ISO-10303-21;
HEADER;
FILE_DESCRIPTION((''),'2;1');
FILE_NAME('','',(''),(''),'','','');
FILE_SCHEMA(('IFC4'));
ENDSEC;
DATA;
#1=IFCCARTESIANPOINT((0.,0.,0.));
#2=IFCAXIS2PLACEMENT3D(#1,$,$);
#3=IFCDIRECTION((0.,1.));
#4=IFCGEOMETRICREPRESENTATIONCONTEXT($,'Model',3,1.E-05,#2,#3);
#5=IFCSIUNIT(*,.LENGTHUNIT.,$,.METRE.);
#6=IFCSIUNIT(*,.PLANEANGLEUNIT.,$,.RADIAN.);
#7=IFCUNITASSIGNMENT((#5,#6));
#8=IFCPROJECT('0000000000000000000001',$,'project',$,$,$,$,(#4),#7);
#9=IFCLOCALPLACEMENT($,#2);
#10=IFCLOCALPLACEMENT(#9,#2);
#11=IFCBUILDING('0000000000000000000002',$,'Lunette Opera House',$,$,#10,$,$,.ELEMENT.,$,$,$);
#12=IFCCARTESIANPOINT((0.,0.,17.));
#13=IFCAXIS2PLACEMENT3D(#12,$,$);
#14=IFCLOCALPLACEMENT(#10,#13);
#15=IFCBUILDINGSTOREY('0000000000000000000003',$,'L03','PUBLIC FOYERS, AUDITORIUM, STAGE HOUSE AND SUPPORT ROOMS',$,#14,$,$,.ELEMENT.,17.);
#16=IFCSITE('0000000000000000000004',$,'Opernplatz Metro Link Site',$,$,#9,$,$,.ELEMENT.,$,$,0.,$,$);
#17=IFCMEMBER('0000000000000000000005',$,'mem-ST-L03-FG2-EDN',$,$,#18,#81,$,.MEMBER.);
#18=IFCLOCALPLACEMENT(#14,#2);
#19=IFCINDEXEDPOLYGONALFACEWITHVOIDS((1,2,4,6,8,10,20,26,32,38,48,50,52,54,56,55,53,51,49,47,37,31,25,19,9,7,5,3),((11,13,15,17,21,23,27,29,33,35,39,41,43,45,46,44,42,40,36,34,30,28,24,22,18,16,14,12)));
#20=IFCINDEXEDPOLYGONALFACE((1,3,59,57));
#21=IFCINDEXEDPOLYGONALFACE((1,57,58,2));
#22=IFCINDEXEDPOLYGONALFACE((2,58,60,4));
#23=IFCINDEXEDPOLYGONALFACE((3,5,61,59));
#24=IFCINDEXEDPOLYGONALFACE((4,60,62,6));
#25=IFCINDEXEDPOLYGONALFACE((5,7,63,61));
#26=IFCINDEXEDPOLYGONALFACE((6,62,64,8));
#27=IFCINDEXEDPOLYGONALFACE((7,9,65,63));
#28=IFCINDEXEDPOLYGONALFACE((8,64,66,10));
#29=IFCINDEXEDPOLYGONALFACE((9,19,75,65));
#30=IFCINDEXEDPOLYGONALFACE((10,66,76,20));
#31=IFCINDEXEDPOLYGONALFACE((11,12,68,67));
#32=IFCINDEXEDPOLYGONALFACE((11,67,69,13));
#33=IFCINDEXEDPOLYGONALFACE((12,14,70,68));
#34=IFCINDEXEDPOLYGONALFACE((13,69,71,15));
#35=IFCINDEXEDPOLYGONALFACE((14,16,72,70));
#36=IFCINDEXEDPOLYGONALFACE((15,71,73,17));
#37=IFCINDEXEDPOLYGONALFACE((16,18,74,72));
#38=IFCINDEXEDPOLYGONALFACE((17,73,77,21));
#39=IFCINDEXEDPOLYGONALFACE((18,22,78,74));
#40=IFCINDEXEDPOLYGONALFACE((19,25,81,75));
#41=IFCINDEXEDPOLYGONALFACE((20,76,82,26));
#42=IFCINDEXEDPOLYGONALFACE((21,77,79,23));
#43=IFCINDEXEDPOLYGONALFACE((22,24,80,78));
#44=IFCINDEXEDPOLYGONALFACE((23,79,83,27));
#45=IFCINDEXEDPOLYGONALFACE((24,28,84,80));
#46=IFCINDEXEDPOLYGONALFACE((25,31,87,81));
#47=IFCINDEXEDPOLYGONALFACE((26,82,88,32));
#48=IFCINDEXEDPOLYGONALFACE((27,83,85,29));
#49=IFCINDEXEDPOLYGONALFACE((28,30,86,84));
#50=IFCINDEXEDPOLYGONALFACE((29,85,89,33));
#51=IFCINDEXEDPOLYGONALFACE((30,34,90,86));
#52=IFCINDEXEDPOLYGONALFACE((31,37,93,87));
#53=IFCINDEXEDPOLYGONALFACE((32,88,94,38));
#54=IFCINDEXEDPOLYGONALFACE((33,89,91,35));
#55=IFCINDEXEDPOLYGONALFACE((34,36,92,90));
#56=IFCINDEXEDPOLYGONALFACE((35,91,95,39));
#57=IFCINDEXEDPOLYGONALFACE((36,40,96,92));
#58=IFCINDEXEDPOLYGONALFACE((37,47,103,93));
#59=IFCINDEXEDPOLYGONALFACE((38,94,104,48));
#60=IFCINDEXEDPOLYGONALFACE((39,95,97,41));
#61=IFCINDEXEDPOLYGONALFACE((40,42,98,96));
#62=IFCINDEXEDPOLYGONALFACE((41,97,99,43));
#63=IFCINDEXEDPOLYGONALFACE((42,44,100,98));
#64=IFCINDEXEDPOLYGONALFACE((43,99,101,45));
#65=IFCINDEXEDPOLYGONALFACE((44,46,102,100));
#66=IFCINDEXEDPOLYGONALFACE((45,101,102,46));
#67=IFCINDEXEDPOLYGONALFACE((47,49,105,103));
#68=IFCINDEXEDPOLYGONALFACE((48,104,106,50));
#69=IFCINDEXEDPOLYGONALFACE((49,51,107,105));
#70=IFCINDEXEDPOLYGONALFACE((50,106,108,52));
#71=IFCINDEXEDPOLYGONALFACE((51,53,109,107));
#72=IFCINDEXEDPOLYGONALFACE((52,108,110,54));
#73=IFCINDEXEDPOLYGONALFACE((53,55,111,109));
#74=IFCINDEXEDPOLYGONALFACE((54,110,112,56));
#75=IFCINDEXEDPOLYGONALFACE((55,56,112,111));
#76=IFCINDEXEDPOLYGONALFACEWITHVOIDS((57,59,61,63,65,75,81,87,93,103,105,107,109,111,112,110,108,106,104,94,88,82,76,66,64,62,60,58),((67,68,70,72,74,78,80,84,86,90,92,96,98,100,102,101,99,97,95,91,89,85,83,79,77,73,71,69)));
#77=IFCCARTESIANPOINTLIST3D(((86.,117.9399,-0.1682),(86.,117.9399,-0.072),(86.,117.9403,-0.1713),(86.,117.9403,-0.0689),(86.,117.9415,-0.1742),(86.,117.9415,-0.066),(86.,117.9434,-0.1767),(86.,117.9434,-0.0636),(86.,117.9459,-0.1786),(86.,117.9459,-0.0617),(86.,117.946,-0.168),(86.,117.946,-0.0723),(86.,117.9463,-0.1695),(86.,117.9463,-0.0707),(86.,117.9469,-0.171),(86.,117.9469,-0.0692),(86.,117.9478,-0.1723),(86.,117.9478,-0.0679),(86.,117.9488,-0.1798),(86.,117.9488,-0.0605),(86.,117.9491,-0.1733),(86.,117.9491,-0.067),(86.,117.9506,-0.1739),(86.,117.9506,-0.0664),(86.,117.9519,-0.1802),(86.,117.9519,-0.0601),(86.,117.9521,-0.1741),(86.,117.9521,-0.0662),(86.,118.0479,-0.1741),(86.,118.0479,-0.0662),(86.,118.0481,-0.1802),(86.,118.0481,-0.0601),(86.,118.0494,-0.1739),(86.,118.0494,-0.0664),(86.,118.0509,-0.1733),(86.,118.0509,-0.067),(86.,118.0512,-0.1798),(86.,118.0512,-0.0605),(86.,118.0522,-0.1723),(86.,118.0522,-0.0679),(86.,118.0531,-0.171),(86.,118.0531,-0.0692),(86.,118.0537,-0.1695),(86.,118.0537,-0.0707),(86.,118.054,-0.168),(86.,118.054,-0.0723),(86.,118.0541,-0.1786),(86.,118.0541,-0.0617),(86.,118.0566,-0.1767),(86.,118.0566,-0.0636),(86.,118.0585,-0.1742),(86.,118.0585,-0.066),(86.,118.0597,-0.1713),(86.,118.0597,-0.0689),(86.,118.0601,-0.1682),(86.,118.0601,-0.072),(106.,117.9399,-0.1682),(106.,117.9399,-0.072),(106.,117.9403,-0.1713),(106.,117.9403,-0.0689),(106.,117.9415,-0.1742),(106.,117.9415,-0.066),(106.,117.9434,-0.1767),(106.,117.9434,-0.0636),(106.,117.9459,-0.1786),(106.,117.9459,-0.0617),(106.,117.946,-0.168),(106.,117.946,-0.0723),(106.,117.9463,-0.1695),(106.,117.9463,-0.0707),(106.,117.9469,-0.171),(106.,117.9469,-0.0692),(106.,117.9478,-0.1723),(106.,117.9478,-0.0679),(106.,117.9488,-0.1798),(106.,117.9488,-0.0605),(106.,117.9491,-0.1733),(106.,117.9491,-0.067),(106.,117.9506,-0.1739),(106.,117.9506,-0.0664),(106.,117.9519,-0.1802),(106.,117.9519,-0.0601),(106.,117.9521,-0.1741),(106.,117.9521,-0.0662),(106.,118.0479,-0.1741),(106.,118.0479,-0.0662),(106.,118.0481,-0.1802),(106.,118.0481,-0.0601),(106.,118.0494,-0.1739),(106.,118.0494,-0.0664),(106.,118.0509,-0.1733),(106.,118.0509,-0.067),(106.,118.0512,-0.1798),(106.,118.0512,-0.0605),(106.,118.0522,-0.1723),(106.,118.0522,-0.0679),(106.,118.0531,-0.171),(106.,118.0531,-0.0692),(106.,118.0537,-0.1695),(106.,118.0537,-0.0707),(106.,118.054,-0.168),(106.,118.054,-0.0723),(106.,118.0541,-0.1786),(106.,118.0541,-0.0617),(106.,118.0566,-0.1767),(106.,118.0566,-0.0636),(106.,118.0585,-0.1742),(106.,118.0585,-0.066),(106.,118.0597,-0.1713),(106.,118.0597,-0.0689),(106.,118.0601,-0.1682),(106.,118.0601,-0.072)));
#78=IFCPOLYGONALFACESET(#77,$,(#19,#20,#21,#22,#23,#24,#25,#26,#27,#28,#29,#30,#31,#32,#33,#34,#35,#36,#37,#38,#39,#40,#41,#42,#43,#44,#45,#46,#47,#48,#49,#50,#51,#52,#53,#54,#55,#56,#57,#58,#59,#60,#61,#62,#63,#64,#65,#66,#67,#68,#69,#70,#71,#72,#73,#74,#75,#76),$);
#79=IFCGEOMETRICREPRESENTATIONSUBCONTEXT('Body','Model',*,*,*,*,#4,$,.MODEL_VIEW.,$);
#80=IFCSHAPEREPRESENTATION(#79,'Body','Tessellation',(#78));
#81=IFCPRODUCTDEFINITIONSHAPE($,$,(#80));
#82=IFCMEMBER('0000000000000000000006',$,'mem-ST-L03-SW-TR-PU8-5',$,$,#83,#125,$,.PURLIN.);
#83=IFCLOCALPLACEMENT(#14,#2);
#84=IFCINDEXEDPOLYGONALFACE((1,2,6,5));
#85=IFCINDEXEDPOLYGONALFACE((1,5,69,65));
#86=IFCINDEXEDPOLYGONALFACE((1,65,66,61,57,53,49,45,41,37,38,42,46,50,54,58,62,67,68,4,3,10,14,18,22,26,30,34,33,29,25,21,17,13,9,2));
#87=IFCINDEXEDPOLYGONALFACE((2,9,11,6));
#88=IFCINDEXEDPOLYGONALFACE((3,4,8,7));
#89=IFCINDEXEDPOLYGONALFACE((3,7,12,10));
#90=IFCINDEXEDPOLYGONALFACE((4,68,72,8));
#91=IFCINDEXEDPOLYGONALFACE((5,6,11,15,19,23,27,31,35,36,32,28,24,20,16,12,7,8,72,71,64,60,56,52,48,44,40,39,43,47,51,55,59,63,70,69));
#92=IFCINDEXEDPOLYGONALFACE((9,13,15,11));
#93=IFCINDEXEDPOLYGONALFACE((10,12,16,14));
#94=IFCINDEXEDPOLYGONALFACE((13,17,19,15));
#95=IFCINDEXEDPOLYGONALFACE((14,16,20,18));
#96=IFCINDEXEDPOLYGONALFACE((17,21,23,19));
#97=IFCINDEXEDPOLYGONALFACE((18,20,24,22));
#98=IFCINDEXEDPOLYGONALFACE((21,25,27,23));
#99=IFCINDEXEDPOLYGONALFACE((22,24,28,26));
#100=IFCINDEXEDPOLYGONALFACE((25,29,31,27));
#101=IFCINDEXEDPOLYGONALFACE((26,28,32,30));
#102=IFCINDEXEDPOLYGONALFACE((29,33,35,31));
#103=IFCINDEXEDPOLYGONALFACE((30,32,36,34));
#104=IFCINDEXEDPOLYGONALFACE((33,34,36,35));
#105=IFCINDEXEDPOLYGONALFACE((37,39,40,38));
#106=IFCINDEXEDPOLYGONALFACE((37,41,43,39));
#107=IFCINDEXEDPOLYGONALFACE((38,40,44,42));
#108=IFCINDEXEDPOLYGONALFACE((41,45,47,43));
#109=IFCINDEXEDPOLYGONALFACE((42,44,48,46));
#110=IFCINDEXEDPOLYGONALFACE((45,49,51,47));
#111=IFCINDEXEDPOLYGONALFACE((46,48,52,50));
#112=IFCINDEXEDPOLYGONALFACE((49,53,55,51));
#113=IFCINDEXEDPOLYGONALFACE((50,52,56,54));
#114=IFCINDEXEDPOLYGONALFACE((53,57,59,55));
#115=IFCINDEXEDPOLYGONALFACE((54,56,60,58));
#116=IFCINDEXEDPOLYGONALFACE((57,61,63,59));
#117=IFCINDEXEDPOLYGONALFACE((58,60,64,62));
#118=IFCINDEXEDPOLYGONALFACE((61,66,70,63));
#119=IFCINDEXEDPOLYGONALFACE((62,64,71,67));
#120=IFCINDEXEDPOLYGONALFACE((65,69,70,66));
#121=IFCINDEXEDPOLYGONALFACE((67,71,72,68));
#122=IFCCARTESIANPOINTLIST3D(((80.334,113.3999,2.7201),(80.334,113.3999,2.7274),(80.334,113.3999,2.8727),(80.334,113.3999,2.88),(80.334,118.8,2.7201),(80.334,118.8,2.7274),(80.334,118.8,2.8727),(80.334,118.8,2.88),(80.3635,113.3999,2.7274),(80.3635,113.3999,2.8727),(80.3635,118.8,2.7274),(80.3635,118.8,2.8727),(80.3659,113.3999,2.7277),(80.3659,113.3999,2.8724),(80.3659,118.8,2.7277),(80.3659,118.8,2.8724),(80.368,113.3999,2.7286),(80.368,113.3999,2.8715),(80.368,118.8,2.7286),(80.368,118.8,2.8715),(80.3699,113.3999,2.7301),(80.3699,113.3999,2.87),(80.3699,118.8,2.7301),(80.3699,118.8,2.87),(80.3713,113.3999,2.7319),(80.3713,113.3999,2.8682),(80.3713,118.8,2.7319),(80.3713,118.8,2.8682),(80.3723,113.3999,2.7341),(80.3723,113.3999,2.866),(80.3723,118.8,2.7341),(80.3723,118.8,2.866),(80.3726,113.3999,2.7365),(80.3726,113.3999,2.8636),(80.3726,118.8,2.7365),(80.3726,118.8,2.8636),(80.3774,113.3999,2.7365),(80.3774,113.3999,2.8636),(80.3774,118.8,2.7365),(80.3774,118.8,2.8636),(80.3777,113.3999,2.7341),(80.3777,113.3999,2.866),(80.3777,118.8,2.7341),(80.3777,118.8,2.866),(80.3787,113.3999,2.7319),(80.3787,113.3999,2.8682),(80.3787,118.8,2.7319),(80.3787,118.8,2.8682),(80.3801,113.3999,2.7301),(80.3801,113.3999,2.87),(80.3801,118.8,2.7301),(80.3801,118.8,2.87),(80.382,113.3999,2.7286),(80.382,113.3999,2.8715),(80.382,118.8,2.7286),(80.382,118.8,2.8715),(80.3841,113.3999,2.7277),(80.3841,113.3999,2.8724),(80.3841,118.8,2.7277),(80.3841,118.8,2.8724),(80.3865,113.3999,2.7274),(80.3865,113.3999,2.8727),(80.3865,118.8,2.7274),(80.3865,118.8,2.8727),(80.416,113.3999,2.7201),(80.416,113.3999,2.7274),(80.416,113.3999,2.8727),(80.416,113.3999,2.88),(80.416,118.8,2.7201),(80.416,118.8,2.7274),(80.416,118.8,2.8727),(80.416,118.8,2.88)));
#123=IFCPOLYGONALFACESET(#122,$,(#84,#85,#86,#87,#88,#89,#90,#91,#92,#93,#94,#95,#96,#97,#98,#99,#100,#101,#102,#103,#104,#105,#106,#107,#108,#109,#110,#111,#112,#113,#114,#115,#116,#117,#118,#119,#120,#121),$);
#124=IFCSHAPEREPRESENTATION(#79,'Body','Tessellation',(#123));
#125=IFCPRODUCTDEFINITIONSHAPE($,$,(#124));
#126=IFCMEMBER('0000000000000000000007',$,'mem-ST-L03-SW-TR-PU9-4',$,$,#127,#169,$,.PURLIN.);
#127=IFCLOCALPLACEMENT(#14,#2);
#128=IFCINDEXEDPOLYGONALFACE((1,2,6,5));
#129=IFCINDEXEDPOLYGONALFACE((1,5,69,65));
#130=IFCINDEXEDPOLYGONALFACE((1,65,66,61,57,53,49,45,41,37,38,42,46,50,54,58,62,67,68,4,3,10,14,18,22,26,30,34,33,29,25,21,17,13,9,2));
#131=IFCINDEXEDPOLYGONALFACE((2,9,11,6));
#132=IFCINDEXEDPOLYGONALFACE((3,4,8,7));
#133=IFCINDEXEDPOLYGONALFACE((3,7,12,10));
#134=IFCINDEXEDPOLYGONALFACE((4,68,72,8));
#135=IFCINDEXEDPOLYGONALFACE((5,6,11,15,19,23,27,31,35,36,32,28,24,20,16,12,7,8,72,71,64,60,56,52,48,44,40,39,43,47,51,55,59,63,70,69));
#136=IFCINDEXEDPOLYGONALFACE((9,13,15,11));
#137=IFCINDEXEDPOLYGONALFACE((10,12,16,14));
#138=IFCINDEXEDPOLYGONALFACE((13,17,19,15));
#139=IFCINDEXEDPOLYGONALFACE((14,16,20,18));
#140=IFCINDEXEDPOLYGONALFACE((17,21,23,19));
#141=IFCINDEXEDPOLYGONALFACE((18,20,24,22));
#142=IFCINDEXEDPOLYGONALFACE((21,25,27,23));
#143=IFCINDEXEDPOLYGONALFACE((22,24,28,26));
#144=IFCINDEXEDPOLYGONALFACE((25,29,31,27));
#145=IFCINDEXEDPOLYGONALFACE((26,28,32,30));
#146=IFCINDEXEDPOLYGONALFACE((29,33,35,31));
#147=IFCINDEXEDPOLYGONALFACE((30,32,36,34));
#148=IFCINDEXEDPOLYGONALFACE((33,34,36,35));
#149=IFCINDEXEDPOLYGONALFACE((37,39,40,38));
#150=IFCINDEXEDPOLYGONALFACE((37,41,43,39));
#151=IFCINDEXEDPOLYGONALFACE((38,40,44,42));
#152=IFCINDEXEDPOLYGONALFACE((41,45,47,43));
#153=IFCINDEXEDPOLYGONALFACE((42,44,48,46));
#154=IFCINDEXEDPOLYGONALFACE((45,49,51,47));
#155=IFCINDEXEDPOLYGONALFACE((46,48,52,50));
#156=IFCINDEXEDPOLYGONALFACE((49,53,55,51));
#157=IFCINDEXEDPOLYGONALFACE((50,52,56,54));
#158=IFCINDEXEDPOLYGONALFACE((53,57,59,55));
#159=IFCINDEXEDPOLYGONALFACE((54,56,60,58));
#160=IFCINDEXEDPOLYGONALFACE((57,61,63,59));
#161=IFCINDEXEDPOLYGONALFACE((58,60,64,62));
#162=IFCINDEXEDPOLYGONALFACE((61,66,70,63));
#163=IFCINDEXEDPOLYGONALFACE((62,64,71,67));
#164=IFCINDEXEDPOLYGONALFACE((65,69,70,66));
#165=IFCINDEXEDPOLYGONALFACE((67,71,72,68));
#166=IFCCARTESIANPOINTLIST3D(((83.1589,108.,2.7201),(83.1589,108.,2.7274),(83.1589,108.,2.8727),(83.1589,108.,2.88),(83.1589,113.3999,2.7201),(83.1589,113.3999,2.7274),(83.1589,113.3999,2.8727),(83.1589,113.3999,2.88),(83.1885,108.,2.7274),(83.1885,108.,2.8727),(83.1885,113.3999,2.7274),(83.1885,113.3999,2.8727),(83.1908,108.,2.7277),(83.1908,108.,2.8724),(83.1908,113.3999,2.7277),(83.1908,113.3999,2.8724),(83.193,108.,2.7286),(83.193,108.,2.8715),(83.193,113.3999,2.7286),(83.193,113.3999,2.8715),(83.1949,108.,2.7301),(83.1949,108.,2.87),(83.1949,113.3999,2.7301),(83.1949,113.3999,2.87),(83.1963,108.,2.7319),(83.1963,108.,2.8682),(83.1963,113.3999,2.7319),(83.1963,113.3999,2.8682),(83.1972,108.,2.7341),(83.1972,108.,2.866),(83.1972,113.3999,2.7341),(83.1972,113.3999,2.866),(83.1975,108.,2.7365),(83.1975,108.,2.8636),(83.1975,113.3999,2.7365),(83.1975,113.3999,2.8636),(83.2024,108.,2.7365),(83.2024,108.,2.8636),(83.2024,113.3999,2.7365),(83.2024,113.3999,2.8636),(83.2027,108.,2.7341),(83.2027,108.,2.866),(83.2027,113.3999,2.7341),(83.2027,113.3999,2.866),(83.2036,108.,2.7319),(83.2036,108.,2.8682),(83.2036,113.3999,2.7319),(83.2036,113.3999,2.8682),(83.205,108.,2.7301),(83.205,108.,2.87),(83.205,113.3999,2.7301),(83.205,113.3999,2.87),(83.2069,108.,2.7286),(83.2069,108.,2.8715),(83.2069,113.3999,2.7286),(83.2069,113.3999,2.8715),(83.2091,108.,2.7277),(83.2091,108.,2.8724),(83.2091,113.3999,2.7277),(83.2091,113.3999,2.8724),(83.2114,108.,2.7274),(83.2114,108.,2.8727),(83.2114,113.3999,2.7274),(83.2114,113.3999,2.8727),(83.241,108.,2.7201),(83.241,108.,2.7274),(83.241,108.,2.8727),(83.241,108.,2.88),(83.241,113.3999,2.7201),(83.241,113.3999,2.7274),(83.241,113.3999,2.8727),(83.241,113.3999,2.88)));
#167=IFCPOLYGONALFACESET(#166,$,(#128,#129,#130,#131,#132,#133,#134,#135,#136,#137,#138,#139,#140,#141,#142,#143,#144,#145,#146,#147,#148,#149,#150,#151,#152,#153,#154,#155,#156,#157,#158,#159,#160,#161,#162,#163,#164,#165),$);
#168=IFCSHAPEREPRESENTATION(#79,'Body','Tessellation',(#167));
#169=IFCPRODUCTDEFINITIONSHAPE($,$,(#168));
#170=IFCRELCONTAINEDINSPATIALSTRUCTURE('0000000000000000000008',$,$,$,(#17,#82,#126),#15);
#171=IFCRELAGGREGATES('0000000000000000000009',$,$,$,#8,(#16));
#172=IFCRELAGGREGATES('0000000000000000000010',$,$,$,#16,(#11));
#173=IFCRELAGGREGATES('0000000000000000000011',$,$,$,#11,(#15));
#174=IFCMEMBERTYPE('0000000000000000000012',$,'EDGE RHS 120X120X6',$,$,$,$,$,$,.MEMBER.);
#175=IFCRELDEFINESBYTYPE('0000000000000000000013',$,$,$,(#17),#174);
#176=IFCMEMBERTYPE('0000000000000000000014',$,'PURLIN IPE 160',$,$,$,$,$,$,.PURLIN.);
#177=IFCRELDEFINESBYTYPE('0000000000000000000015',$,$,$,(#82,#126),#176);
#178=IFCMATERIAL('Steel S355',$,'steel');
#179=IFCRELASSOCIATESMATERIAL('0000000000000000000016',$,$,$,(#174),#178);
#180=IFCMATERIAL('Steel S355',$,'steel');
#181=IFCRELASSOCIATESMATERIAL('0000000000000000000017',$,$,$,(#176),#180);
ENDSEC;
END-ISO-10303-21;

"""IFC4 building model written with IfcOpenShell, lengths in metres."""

from ifc_helpers import new_model, si_unit, direction, frame, origin, origin_2d, place, context, subcontext, project, spatial, hollow_rectangle, i_section, extrude, material, material_profile, profile_set, type_object, element, save


model = new_model("IFC4")

# Units and contexts
model_context = context("Model", 3, precision=1e-05, world=origin(), true_north=direction((0.0, 1.0)))
body_context = subcontext(model_context, "Body", "Model", "MODEL_VIEW")
ifc_project = project(units=[si_unit("LENGTHUNIT", "METRE"), si_unit("PLANEANGLEUNIT", "RADIAN")], contexts=[model_context])

# Site, building, storey
site_placement = place(None, origin())
site = spatial("IfcSite", under=ifc_project, at=site_placement, Name="Opernplatz Metro Link Site", CompositionType="ELEMENT", RefElevation=0.0)
building_placement = place(site_placement, origin())
building = spatial("IfcBuilding", under=site, at=building_placement, Name="Lunette Opera House", CompositionType="ELEMENT")
storey_placement = place(building_placement, frame((0.0, 0.0, 17.0)))
storey = spatial("IfcBuildingStorey", under=building, at=storey_placement, Name="L03", Description="PUBLIC FOYERS, AUDITORIUM, STAGE HOUSE AND SUPPORT ROOMS", CompositionType="ELEMENT", Elevation=17.0)

# Members
ifc_material_1 = material(Name="Steel S355", Category="steel")
ifc_material_profile_1 = material_profile(ifc_material_1, hollow_rectangle(XDim=0.1201, YDim=0.1201, WallThickness=0.0061, InnerFilletRadius=0.0061, OuterFilletRadius=0.012, at=origin_2d()), Name="RHS 120X120X6")
ifc_profile_set_1 = profile_set([ifc_material_profile_1], Name="Steel S355")
member_type_1 = type_object("IfcMemberType", Name="EDGE RHS 120X120X6", PredefinedType="MEMBER", material=ifc_profile_set_1)
member_1_placement = place(storey_placement, frame((86.0, 118.0, -0.1201), z_axis=(1.0, 0.0, 0.0), x_axis=(0.0, 1.0, 0.0)))
element("IfcMember", 1, at=member_1_placement, inside=storey, type_object=member_type_1, Name="mem-ST-L03-FG2-EDN", PredefinedType="MEMBER", context=body_context, shape_type="SweptSolid", body=[
    extrude(hollow_rectangle(XDim=0.1201, YDim=0.1201, WallThickness=0.0061, InnerFilletRadius=0.0061, OuterFilletRadius=0.012, at=origin_2d()), origin(), (0.0, 0.0, 1.0), 20.0),
])
ifc_material_2 = material(Name="Steel S355", Category="steel")
ifc_material_profile_2 = material_profile(ifc_material_2, i_section(OverallWidth=0.082, OverallDepth=0.1599, WebThickness=0.0049, FlangeThickness=0.0073, FilletRadius=0.009, at=origin_2d()), Name="IPE 160")
ifc_profile_set_2 = profile_set([ifc_material_profile_2], Name="Steel S355")
member_type_2 = type_object("IfcMemberType", Name="PURLIN IPE 160", PredefinedType="PURLIN", material=ifc_profile_set_2)
member_2_placement = place(storey_placement, frame((80.375, 113.3999, 2.8), z_axis=(0.0, 1.0, 0.0), x_axis=(-1.0, 0.0, 0.0)))
element("IfcMember", 2, at=member_2_placement, inside=storey, type_object=member_type_2, Name="mem-ST-L03-SW-TR-PU8-5", PredefinedType="PURLIN", context=body_context, shape_type="SweptSolid", body=[
    extrude(i_section(OverallWidth=0.082, OverallDepth=0.1599, WebThickness=0.0049, FlangeThickness=0.0073, FilletRadius=0.009, at=origin_2d()), origin(), (0.0, 0.0, 1.0), 5.4001),
])
member_3_placement = place(storey_placement, frame((83.2, 108.0, 2.8), z_axis=(0.0, 1.0, 0.0), x_axis=(-1.0, 0.0, 0.0)))
element("IfcMember", 3, at=member_3_placement, inside=storey, type_object=member_type_2, Name="mem-ST-L03-SW-TR-PU9-4", PredefinedType="PURLIN", context=body_context, shape_type="SweptSolid", body=[
    extrude(i_section(OverallWidth=0.082, OverallDepth=0.1599, WebThickness=0.0049, FlangeThickness=0.0073, FilletRadius=0.009, at=origin_2d()), origin(), (0.0, 0.0, 1.0), 5.3999),
])

save(model, "model.ifc")
